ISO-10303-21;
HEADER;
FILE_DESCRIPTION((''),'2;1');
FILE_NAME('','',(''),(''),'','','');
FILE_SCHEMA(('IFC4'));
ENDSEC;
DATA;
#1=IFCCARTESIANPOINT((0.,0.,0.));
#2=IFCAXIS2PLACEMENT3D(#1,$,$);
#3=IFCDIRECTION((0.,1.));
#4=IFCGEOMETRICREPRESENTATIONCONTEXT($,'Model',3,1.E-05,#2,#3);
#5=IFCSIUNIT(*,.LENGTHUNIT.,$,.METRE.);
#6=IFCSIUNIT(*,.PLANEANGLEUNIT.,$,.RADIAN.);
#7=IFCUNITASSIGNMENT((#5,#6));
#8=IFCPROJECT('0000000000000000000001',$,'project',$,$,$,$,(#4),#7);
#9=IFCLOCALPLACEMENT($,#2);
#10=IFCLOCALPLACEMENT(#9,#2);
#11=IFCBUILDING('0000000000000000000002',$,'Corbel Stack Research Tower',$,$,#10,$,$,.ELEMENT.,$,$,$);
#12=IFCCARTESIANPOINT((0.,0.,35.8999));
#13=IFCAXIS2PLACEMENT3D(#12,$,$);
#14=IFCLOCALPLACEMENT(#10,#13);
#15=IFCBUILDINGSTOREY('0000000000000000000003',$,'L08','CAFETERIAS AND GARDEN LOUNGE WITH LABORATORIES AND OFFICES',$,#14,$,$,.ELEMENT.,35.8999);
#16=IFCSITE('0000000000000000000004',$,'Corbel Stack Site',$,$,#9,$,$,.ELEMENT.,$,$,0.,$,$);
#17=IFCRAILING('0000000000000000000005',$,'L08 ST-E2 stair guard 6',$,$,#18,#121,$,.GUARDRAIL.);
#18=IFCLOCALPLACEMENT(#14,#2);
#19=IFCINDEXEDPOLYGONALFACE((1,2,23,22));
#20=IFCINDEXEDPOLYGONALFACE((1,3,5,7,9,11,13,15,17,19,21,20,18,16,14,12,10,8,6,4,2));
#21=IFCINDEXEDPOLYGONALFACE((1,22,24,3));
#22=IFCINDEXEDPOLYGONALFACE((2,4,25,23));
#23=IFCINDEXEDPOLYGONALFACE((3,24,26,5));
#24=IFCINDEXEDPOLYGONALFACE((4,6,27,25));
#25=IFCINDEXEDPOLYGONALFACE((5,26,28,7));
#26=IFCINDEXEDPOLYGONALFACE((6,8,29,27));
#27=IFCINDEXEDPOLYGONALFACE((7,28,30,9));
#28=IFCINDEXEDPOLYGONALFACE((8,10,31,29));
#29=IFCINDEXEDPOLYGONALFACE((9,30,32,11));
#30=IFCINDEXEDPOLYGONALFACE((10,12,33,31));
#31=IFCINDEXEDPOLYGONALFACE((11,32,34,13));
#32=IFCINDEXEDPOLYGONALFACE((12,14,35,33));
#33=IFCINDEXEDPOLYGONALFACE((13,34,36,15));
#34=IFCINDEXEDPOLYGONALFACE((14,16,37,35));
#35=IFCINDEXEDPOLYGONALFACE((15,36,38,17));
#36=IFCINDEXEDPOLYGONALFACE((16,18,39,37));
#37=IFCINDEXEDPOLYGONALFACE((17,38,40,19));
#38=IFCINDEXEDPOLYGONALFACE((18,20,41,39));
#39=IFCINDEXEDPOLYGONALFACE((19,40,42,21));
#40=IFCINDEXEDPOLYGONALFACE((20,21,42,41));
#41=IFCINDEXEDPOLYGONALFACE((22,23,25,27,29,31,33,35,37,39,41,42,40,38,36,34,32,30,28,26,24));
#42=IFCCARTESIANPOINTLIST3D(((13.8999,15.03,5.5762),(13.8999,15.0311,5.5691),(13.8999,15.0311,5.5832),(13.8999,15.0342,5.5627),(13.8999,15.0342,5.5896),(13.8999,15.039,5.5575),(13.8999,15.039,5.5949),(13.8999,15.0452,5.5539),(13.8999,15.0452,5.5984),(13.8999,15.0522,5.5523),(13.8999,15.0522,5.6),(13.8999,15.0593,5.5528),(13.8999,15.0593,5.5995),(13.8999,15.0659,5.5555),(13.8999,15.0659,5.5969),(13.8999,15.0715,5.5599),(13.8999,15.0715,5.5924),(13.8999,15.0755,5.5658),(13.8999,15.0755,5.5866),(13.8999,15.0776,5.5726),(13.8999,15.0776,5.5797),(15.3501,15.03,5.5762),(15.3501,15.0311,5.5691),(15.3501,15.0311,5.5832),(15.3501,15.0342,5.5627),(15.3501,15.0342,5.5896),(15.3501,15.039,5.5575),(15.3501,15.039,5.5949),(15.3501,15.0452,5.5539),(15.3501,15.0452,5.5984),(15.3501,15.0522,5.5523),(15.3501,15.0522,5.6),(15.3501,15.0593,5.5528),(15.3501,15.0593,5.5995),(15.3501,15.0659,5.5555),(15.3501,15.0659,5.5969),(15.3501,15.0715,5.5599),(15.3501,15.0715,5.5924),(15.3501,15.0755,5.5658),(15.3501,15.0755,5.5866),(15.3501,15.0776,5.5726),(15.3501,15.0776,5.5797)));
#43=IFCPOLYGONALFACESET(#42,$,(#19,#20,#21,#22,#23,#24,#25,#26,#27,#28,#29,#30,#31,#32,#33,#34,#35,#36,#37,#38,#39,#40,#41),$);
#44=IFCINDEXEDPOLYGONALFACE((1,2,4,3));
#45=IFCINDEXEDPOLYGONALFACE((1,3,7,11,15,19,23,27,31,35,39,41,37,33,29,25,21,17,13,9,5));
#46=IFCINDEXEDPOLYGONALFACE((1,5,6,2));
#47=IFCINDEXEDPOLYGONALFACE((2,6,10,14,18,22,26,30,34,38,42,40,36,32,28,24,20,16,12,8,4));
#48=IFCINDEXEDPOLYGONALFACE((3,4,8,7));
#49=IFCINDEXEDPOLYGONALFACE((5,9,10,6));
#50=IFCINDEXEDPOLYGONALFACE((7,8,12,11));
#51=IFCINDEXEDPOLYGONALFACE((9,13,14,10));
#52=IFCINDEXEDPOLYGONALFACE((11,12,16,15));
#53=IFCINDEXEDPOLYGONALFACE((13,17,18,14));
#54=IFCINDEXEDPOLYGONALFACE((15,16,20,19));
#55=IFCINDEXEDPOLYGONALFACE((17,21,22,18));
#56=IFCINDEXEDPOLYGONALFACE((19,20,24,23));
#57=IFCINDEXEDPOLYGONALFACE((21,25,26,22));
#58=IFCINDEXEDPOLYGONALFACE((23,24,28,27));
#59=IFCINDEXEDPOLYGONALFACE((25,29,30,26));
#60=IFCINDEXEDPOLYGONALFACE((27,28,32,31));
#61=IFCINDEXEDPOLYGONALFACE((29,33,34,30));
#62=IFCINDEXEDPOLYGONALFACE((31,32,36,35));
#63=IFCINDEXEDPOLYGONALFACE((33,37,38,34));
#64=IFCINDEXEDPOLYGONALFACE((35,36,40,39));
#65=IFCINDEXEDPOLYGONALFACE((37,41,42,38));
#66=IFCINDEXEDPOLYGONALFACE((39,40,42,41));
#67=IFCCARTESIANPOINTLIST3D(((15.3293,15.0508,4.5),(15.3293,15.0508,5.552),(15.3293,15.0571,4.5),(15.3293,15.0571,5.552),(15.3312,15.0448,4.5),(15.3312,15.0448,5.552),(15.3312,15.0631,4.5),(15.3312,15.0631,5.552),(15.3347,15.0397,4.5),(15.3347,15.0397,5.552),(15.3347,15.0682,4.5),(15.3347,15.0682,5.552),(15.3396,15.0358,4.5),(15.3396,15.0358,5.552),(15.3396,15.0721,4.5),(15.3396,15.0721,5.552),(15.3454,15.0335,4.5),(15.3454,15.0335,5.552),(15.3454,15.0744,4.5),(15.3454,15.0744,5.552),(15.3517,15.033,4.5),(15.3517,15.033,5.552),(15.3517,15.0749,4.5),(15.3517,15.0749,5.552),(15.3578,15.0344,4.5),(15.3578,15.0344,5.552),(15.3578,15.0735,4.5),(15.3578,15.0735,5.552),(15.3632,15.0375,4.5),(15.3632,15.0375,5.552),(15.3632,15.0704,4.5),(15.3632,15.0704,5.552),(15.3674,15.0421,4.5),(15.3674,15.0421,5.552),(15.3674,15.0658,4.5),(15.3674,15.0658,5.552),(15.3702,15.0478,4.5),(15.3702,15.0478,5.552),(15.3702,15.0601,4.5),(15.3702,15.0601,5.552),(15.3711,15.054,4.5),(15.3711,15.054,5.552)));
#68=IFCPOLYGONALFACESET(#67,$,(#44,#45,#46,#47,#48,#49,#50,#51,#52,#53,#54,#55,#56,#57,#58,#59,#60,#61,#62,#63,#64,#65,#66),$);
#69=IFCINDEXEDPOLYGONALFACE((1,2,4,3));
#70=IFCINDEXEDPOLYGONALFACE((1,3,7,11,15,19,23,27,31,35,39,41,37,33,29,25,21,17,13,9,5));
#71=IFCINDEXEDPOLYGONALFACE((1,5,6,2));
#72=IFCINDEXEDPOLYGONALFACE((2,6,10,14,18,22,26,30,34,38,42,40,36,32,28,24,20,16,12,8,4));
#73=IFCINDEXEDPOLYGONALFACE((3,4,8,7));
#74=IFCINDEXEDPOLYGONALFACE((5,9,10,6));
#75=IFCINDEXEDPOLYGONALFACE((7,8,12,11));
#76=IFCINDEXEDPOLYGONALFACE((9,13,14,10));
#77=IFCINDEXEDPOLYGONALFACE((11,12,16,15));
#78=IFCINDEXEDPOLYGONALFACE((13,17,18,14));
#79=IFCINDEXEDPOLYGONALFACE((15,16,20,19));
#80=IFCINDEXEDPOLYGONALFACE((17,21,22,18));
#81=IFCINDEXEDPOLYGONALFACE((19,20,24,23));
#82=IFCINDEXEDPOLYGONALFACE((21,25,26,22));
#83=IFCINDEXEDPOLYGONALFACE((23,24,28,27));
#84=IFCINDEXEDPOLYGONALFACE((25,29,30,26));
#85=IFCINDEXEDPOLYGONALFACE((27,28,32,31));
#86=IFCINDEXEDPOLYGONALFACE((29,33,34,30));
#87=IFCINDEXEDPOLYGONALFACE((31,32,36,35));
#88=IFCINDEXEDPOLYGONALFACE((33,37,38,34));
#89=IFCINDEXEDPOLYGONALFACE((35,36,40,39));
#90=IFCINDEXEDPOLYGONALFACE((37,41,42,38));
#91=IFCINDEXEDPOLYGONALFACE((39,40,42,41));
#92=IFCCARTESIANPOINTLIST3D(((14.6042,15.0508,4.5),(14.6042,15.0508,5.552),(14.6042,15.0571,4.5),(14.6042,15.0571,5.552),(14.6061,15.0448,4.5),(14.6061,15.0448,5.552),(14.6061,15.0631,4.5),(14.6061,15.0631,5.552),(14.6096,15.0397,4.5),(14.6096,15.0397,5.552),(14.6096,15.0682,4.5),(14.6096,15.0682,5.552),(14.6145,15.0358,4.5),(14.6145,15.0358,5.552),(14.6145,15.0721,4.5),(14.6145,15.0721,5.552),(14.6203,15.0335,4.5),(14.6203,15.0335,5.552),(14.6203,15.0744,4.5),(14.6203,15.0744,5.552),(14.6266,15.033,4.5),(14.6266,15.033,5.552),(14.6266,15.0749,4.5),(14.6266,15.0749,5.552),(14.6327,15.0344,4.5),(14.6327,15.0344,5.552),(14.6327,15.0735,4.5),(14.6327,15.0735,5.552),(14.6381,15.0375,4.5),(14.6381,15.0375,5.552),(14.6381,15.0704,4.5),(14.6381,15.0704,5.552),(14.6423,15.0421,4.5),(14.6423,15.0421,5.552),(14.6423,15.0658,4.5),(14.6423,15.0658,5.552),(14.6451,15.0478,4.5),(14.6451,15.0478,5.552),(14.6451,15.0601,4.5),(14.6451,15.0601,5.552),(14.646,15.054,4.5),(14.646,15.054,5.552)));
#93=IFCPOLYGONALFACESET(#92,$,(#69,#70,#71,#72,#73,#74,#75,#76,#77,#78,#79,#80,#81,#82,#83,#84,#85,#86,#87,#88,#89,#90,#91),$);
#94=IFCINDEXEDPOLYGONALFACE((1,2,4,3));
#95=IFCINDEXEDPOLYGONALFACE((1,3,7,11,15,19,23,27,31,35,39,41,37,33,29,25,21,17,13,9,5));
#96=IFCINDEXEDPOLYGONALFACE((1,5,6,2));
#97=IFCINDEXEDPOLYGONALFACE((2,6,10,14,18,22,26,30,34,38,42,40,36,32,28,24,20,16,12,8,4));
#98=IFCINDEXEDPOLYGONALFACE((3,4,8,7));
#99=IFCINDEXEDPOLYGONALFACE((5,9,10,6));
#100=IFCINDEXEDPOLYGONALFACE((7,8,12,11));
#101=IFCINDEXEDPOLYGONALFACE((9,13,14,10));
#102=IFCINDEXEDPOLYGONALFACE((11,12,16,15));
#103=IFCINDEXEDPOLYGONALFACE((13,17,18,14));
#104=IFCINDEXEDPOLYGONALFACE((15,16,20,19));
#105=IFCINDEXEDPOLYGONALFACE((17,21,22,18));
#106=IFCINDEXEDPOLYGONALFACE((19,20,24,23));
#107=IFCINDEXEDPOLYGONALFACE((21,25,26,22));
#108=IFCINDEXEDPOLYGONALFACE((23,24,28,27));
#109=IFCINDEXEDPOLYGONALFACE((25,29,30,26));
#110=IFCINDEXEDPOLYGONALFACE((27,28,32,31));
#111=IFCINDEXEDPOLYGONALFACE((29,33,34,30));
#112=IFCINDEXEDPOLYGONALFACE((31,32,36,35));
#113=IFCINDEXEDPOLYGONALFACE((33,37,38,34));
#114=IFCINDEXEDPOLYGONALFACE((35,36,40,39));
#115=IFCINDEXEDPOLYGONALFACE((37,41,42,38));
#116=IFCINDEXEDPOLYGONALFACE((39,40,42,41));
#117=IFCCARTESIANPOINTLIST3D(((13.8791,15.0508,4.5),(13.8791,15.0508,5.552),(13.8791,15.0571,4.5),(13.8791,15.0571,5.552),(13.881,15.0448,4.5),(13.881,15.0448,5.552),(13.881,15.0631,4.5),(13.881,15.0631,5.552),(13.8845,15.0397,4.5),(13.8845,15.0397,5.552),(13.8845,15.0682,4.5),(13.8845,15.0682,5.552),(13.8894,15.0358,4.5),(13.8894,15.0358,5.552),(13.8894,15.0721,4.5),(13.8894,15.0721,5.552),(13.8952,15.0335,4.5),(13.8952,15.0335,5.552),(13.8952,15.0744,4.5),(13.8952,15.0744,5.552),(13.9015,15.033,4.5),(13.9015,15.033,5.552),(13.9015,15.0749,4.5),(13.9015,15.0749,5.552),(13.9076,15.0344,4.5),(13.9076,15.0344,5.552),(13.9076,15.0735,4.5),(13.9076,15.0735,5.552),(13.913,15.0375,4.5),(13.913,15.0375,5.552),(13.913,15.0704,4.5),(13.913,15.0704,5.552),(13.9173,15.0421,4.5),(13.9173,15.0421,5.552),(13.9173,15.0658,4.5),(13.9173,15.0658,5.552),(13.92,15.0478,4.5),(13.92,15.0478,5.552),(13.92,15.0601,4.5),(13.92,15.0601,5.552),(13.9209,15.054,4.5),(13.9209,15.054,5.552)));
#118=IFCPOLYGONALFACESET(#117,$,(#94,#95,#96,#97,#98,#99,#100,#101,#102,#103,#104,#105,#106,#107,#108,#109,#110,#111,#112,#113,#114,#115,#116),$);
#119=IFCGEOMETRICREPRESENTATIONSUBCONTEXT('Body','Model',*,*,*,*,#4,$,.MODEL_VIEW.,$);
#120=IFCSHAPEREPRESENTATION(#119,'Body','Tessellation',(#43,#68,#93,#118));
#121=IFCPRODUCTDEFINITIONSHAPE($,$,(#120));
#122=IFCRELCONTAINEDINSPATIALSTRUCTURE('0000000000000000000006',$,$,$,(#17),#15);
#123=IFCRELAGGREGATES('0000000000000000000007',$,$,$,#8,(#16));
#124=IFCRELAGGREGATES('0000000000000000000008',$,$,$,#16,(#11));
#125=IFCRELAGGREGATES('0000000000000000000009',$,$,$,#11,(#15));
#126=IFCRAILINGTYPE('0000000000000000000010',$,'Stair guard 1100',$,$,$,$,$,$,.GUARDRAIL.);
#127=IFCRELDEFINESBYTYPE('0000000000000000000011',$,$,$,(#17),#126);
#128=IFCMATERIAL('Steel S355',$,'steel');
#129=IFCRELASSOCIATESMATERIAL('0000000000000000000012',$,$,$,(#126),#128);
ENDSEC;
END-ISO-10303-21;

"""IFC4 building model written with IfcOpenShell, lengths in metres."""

from ifc_helpers import new_model, si_unit, direction, frame, origin, origin_2d, place, context, subcontext, project, spatial, circle, extrude, material, type_object, element, save


model = new_model("IFC4")

# Units and contexts
model_context = context("Model", 3, precision=1e-05, world=origin(), true_north=direction((0.0, 1.0)))
body_context = subcontext(model_context, "Body", "Model", "MODEL_VIEW")
ifc_project = project(units=[si_unit("LENGTHUNIT", "METRE"), si_unit("PLANEANGLEUNIT", "RADIAN")], contexts=[model_context])

# Site, building, storey
site_placement = place(None, origin())
site = spatial("IfcSite", under=ifc_project, at=site_placement, Name="Corbel Stack Site", CompositionType="ELEMENT", RefElevation=0.0)
building_placement = place(site_placement, origin())
building = spatial("IfcBuilding", under=site, at=building_placement, Name="Corbel Stack Research Tower", CompositionType="ELEMENT")
storey_placement = place(building_placement, frame((0.0, 0.0, 35.8999)))
storey = spatial("IfcBuildingStorey", under=building, at=storey_placement, Name="L08", Description="CAFETERIAS AND GARDEN LOUNGE WITH LABORATORIES AND OFFICES", CompositionType="ELEMENT", Elevation=35.8999)

# Railing
ifc_material_1 = material(Name="Steel S355", Category="steel")
railing_type_1 = type_object("IfcRailingType", Name="Stair guard 1100", PredefinedType="GUARDRAIL", material=ifc_material_1)
railing_1_placement = place(storey_placement, frame((15.3501, 15.054, 4.5)))
element("IfcRailing", 1, at=railing_1_placement, inside=storey, type_object=railing_type_1, Name="L08 ST-E2 stair guard 6", PredefinedType="GUARDRAIL", context=body_context, shape_type="SweptSolid", body=[
    extrude(circle(Radius=0.0239, at=origin_2d()), frame((0.0, 0.0, 1.0762), z_axis=(-1.0, 0.0, 0.0), x_axis=(0.0, -1.0, 0.0)), (0.0, 0.0, 1.0), 1.4502),
    extrude(circle(Radius=0.021, at=origin_2d()), origin(), (0.0, 0.0, 1.0), 1.052),
    extrude(circle(Radius=0.021, at=origin_2d()), frame((-0.7251, 0.0, 0.0)), (0.0, 0.0, 1.0), 1.052),
    extrude(circle(Radius=0.021, at=origin_2d()), frame((-1.4502, 0.0, 0.0)), (0.0, 0.0, 1.0), 1.052),
])

save(model, "model.ifc")
